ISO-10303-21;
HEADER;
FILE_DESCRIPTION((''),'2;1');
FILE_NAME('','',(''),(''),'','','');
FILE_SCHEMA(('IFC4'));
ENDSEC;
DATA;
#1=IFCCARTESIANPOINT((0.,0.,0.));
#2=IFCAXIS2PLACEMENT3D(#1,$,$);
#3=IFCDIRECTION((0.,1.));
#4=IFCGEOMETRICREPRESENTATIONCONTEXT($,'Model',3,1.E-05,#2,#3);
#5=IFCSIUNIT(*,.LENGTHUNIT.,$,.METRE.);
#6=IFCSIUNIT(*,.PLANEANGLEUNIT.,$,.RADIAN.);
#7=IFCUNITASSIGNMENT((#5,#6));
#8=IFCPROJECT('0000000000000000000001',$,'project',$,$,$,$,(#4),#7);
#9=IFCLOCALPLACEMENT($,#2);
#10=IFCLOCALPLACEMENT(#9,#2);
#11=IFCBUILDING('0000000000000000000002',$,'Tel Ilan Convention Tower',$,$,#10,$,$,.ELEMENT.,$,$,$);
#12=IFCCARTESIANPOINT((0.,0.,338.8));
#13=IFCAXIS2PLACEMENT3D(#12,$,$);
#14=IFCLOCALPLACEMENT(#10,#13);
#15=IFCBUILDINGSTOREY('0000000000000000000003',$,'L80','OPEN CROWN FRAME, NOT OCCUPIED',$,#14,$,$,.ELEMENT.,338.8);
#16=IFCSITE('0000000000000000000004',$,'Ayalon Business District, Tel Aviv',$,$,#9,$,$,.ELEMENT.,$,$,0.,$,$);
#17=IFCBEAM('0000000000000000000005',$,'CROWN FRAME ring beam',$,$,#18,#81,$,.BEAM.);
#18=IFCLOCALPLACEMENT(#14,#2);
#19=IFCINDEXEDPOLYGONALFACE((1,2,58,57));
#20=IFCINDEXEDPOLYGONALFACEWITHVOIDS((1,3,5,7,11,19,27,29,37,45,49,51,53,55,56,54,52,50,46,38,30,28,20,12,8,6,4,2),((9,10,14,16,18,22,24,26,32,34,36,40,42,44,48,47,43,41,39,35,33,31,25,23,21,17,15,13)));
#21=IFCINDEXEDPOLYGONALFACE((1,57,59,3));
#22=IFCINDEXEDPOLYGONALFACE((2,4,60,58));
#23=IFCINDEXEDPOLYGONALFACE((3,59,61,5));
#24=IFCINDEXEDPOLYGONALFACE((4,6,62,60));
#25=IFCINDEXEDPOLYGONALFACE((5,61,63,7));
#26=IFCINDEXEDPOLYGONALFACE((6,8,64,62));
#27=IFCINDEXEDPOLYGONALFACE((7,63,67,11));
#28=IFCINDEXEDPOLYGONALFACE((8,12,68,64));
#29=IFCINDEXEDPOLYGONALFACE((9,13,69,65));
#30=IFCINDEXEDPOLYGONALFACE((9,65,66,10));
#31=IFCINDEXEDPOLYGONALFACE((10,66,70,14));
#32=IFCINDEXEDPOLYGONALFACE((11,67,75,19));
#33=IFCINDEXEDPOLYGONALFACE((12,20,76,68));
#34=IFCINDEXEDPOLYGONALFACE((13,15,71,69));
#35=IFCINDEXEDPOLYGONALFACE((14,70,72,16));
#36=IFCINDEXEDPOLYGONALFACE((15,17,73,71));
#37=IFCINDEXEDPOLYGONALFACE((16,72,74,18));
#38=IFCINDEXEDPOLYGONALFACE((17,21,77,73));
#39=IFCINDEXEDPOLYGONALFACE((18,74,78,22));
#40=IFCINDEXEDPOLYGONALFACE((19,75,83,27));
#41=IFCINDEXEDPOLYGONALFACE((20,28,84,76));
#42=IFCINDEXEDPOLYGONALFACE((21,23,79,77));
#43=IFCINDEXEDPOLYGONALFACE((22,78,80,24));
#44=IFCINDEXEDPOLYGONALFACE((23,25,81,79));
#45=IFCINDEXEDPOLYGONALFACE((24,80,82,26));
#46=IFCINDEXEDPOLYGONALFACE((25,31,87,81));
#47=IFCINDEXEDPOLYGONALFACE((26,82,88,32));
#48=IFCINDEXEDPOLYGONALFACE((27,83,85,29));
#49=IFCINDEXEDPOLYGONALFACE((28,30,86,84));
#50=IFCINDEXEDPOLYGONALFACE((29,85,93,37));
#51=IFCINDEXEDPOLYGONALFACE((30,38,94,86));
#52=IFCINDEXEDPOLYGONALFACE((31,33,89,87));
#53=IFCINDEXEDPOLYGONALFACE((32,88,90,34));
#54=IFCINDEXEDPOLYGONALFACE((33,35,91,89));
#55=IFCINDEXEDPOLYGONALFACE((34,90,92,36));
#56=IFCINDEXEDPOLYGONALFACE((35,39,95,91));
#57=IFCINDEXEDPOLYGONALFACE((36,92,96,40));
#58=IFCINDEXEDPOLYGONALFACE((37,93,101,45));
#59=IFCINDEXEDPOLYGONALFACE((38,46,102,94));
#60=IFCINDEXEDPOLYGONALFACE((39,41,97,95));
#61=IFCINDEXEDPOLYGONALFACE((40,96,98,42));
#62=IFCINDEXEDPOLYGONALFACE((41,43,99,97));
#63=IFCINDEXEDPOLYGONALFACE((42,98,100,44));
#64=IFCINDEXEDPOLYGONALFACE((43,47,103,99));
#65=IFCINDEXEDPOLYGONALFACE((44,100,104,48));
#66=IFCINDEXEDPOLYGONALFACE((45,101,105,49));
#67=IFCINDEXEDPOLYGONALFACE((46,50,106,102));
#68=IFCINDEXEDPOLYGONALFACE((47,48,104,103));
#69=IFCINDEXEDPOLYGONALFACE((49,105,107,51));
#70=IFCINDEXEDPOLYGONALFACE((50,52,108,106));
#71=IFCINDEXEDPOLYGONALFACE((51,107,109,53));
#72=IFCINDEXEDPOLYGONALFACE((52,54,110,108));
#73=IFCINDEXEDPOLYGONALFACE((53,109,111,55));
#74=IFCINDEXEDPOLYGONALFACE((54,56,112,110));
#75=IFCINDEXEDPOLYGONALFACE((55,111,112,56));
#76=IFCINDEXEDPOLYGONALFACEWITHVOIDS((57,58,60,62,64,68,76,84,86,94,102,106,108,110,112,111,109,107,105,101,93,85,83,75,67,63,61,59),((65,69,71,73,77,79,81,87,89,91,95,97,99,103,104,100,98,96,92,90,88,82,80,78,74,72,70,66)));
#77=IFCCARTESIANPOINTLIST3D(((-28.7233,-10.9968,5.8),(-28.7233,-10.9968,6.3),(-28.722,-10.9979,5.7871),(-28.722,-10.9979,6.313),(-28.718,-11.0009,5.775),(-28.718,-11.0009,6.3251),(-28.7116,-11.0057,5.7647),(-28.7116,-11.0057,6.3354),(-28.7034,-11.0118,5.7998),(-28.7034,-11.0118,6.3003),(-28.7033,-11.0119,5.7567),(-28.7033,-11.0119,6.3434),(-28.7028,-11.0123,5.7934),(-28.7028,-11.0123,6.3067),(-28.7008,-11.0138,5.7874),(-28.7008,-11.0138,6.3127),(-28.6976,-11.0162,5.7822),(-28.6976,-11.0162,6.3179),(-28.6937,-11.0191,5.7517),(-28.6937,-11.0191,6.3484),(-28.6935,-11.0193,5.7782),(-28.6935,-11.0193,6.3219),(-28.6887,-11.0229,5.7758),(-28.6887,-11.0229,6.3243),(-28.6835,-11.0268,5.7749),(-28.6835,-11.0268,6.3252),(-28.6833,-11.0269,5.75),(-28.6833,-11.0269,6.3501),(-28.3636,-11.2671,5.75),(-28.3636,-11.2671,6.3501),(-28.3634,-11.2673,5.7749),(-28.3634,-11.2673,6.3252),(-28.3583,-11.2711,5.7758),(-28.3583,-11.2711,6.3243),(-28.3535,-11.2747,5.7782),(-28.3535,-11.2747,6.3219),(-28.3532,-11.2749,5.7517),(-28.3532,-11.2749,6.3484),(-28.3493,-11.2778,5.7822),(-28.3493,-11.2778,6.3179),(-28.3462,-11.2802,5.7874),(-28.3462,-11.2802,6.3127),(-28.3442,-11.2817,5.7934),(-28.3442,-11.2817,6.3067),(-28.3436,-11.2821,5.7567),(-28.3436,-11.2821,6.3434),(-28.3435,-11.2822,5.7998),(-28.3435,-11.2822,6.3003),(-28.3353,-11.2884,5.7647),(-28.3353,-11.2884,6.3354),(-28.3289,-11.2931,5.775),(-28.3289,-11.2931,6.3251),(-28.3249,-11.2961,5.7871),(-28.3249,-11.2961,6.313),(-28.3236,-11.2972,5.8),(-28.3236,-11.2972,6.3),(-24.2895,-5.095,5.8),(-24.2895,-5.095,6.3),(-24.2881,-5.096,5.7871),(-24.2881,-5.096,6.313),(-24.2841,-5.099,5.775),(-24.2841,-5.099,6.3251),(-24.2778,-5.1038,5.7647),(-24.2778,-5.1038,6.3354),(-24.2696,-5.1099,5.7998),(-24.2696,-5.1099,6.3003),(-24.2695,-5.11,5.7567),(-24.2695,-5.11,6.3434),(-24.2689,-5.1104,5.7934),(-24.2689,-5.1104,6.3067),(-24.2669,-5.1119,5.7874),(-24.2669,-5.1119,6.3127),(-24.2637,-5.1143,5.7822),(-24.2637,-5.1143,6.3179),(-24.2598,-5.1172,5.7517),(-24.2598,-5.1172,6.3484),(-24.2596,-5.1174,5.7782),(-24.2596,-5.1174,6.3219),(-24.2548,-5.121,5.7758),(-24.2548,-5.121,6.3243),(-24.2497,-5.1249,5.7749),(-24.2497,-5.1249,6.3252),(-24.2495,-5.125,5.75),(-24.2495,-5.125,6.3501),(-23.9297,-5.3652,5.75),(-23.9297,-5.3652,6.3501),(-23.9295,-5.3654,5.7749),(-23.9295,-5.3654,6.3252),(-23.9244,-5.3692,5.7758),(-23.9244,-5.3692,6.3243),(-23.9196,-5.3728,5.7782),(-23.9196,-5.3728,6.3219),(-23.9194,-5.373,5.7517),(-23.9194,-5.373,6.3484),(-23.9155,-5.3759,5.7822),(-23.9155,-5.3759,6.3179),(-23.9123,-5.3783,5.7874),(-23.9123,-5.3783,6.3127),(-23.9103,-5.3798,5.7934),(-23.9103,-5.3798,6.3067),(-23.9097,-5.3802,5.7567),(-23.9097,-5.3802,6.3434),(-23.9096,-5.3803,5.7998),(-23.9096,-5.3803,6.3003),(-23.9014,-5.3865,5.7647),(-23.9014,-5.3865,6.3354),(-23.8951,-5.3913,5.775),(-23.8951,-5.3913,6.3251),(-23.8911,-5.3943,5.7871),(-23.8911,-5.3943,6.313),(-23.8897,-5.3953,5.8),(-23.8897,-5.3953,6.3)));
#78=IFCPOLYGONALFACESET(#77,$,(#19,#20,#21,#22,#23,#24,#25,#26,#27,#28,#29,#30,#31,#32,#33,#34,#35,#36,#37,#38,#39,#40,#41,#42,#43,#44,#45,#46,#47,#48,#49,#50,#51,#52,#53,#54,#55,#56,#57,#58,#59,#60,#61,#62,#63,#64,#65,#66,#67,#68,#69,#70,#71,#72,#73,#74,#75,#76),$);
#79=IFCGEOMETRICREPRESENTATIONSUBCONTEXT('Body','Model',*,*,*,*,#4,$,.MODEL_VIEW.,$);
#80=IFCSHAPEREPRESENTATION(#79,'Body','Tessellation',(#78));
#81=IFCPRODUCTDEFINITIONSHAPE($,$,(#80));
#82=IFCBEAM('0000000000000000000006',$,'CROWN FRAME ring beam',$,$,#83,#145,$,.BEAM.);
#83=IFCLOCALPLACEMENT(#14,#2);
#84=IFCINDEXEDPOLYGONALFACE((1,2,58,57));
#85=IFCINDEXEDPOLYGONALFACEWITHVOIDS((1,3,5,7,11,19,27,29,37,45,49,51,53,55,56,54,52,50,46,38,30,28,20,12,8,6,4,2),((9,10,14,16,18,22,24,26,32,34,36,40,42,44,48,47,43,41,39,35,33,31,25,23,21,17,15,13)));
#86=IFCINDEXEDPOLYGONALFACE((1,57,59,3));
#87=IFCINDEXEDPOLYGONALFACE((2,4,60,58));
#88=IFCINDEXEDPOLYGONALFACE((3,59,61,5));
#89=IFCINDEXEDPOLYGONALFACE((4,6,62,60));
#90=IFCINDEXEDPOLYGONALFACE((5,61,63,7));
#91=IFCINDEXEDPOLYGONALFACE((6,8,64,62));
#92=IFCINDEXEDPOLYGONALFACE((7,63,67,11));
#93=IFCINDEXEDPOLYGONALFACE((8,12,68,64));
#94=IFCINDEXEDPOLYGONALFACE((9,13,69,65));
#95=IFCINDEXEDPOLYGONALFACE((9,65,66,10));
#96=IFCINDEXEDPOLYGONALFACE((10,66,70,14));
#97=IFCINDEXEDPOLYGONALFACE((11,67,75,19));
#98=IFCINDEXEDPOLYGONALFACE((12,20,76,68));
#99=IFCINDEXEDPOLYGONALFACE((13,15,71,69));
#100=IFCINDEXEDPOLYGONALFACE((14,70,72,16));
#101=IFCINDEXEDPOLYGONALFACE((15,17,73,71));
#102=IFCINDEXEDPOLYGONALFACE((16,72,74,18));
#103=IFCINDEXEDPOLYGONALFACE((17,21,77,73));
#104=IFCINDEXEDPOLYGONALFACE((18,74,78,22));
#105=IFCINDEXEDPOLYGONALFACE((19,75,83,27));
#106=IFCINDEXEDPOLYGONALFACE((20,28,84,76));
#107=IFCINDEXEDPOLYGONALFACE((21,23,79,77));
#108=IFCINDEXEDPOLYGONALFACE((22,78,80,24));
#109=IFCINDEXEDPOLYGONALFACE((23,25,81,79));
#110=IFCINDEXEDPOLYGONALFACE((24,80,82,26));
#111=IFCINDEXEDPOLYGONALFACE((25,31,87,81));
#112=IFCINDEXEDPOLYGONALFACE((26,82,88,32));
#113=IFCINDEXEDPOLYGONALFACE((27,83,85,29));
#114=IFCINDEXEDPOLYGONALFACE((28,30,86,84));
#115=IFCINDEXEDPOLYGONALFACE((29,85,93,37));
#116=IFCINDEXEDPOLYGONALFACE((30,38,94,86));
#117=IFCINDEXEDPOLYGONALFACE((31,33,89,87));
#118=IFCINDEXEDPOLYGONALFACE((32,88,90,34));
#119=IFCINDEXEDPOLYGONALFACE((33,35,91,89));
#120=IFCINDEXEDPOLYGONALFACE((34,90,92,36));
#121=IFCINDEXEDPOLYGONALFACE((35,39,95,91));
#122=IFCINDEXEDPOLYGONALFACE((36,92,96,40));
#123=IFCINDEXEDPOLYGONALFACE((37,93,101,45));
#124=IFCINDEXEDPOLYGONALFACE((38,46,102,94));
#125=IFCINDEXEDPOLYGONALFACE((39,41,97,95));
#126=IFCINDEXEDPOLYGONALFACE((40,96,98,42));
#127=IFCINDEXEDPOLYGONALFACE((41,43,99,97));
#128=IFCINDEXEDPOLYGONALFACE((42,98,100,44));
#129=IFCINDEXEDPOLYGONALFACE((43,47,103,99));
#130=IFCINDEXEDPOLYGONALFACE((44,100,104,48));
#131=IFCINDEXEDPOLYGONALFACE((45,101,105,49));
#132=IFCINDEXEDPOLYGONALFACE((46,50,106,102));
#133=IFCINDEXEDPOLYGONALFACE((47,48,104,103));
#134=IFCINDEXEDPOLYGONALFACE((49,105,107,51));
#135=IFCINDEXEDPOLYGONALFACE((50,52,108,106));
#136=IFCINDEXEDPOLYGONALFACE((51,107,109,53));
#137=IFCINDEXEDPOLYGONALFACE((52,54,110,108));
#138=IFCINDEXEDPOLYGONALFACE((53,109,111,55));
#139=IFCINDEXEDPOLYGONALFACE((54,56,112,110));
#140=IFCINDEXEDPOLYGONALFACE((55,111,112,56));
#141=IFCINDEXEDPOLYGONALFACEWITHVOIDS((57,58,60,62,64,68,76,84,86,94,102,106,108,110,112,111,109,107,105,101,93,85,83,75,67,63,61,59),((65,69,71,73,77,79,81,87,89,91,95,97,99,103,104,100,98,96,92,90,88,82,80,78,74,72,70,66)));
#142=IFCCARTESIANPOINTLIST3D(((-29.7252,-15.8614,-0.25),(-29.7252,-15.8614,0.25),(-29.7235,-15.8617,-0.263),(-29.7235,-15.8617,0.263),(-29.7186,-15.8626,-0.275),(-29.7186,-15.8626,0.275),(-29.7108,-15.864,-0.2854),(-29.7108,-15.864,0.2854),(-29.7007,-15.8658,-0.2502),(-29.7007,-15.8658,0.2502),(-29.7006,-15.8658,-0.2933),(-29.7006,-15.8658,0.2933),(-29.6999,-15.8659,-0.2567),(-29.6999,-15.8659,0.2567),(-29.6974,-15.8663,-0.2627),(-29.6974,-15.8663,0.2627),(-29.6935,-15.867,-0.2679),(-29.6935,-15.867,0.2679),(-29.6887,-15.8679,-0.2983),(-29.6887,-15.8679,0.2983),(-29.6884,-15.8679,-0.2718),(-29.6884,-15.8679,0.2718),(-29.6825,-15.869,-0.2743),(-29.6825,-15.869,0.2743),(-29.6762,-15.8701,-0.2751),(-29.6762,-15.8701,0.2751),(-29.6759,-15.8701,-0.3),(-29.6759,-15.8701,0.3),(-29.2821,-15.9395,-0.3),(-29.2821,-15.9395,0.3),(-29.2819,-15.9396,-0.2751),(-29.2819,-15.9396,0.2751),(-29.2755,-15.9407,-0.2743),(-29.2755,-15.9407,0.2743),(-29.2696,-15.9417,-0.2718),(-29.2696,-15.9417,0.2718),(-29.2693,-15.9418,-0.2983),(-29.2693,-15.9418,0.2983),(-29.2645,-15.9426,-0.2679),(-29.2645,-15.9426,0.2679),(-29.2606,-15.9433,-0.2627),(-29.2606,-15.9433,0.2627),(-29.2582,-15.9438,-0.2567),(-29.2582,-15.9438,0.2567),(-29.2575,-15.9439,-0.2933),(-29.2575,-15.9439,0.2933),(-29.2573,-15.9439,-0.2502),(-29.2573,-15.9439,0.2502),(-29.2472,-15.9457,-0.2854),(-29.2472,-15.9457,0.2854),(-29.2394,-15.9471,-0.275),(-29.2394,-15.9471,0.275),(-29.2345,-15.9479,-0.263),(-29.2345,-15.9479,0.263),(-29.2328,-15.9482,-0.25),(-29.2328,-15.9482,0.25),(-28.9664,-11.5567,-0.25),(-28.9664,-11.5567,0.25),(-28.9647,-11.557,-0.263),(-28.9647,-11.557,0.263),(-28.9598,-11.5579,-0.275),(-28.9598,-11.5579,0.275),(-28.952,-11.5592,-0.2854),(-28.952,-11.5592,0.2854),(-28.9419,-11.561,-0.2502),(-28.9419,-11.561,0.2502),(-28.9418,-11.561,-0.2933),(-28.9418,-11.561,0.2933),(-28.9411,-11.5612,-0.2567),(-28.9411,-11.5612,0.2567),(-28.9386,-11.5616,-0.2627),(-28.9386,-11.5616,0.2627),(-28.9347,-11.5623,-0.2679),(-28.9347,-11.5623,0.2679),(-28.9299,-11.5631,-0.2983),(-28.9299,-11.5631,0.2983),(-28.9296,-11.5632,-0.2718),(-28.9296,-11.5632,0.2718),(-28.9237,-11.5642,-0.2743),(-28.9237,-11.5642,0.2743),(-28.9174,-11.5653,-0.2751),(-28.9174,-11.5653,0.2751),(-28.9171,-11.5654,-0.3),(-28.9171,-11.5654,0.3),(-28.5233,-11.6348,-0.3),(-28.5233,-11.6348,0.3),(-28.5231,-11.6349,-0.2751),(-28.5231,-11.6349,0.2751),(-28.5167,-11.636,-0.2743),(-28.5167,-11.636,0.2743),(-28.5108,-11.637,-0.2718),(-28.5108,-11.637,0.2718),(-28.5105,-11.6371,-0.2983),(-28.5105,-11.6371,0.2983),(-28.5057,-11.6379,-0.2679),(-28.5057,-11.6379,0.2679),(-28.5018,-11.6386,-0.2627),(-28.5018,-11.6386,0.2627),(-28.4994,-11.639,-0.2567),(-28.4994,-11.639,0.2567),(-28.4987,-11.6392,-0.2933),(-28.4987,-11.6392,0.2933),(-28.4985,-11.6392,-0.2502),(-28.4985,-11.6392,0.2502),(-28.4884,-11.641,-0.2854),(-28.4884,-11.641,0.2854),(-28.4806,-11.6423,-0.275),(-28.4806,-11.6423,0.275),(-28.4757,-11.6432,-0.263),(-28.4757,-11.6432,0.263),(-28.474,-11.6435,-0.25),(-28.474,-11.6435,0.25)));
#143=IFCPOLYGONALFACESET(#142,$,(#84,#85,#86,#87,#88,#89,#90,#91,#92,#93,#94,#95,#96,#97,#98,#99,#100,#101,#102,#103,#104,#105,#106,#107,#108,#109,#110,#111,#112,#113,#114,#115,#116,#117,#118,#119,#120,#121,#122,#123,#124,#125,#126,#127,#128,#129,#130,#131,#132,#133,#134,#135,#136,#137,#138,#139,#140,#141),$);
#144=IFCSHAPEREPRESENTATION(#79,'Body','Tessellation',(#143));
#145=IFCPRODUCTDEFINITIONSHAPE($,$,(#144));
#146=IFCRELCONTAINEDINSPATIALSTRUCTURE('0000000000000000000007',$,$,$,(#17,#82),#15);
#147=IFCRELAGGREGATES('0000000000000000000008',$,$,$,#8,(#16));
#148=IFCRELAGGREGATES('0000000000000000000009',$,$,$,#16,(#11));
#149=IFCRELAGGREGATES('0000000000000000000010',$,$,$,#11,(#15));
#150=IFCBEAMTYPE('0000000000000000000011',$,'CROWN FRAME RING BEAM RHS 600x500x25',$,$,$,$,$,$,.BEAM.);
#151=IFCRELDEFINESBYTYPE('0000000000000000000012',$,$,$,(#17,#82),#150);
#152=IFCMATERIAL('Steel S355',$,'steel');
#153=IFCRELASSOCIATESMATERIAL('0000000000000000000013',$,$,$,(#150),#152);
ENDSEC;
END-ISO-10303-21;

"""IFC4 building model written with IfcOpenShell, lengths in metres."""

from ifc_helpers import new_model, si_unit, direction, frame, origin, origin_2d, place, context, subcontext, project, spatial, hollow_rectangle, extrude, material, material_profile, profile_set, type_object, element, save


model = new_model("IFC4")

# Units and contexts
model_context = context("Model", 3, precision=1e-05, world=origin(), true_north=direction((0.0, 1.0)))
body_context = subcontext(model_context, "Body", "Model", "MODEL_VIEW")
ifc_project = project(units=[si_unit("LENGTHUNIT", "METRE"), si_unit("PLANEANGLEUNIT", "RADIAN")], contexts=[model_context])

# Site, building, storey
site_placement = place(None, origin())
site = spatial("IfcSite", under=ifc_project, at=site_placement, Name="Ayalon Business District, Tel Aviv", CompositionType="ELEMENT", RefElevation=0.0)
building_placement = place(site_placement, origin())
building = spatial("IfcBuilding", under=site, at=building_placement, Name="Tel Ilan Convention Tower", CompositionType="ELEMENT")
storey_placement = place(building_placement, frame((0.0, 0.0, 338.8)))
storey = spatial("IfcBuildingStorey", under=building, at=storey_placement, Name="L80", Description="OPEN CROWN FRAME, NOT OCCUPIED", CompositionType="ELEMENT", Elevation=338.8)

# Beams
ifc_material_1 = material(Name="Steel S355", Category="steel")
ifc_material_profile_1 = material_profile(ifc_material_1, hollow_rectangle(XDim=0.5, YDim=0.6001, WallThickness=0.0249, InnerFilletRadius=0.0249, OuterFilletRadius=0.05, at=origin_2d()), Name="RHS 600x500x25")
ifc_profile_set_1 = profile_set([ifc_material_profile_1], Name="Steel S355")
beam_type = type_object("IfcBeamType", Name="CROWN FRAME RING BEAM RHS 600x500x25", PredefinedType="BEAM", material=ifc_profile_set_1)
for number, where, z_axis, x_axis, name in (
    (1, (-24.0896, -5.2451, 6.05), (-0.600645, -0.799516, 0.0), (0.799516, -0.600645, 0.0), "CROWN FRAME ring beam"),
):
    element("IfcBeam", number, at=place(storey_placement, frame(where, z_axis=z_axis, x_axis=x_axis)), inside=storey, type_object=beam_type, Name=name, PredefinedType="BEAM", context=body_context, shape_type="SweptSolid", body=[
        extrude(hollow_rectangle(XDim=0.5, YDim=0.6001, WallThickness=0.0249, InnerFilletRadius=0.0249, OuterFilletRadius=0.05, at=origin_2d()), origin(), (0.0, 0.0, 1.0), 7.3818),
    ])
for number, where, z_axis, x_axis, name in (
    (2, (-28.7202, -11.6001, 0.0), (-0.173594, -0.984817, 0.0), (0.984817, -0.173594, 0.0), "CROWN FRAME ring beam"),
):
    element("IfcBeam", number, at=place(storey_placement, frame(where, z_axis=z_axis, x_axis=x_axis)), inside=storey, type_object=beam_type, Name=name, PredefinedType="BEAM", context=body_context, shape_type="SweptSolid", body=[
        extrude(hollow_rectangle(XDim=0.5, YDim=0.6001, WallThickness=0.0249, InnerFilletRadius=0.0249, OuterFilletRadius=0.05, at=origin_2d()), origin(), (0.0, 0.0, 1.0), 4.3711),
    ])

save(model, "model.ifc")
